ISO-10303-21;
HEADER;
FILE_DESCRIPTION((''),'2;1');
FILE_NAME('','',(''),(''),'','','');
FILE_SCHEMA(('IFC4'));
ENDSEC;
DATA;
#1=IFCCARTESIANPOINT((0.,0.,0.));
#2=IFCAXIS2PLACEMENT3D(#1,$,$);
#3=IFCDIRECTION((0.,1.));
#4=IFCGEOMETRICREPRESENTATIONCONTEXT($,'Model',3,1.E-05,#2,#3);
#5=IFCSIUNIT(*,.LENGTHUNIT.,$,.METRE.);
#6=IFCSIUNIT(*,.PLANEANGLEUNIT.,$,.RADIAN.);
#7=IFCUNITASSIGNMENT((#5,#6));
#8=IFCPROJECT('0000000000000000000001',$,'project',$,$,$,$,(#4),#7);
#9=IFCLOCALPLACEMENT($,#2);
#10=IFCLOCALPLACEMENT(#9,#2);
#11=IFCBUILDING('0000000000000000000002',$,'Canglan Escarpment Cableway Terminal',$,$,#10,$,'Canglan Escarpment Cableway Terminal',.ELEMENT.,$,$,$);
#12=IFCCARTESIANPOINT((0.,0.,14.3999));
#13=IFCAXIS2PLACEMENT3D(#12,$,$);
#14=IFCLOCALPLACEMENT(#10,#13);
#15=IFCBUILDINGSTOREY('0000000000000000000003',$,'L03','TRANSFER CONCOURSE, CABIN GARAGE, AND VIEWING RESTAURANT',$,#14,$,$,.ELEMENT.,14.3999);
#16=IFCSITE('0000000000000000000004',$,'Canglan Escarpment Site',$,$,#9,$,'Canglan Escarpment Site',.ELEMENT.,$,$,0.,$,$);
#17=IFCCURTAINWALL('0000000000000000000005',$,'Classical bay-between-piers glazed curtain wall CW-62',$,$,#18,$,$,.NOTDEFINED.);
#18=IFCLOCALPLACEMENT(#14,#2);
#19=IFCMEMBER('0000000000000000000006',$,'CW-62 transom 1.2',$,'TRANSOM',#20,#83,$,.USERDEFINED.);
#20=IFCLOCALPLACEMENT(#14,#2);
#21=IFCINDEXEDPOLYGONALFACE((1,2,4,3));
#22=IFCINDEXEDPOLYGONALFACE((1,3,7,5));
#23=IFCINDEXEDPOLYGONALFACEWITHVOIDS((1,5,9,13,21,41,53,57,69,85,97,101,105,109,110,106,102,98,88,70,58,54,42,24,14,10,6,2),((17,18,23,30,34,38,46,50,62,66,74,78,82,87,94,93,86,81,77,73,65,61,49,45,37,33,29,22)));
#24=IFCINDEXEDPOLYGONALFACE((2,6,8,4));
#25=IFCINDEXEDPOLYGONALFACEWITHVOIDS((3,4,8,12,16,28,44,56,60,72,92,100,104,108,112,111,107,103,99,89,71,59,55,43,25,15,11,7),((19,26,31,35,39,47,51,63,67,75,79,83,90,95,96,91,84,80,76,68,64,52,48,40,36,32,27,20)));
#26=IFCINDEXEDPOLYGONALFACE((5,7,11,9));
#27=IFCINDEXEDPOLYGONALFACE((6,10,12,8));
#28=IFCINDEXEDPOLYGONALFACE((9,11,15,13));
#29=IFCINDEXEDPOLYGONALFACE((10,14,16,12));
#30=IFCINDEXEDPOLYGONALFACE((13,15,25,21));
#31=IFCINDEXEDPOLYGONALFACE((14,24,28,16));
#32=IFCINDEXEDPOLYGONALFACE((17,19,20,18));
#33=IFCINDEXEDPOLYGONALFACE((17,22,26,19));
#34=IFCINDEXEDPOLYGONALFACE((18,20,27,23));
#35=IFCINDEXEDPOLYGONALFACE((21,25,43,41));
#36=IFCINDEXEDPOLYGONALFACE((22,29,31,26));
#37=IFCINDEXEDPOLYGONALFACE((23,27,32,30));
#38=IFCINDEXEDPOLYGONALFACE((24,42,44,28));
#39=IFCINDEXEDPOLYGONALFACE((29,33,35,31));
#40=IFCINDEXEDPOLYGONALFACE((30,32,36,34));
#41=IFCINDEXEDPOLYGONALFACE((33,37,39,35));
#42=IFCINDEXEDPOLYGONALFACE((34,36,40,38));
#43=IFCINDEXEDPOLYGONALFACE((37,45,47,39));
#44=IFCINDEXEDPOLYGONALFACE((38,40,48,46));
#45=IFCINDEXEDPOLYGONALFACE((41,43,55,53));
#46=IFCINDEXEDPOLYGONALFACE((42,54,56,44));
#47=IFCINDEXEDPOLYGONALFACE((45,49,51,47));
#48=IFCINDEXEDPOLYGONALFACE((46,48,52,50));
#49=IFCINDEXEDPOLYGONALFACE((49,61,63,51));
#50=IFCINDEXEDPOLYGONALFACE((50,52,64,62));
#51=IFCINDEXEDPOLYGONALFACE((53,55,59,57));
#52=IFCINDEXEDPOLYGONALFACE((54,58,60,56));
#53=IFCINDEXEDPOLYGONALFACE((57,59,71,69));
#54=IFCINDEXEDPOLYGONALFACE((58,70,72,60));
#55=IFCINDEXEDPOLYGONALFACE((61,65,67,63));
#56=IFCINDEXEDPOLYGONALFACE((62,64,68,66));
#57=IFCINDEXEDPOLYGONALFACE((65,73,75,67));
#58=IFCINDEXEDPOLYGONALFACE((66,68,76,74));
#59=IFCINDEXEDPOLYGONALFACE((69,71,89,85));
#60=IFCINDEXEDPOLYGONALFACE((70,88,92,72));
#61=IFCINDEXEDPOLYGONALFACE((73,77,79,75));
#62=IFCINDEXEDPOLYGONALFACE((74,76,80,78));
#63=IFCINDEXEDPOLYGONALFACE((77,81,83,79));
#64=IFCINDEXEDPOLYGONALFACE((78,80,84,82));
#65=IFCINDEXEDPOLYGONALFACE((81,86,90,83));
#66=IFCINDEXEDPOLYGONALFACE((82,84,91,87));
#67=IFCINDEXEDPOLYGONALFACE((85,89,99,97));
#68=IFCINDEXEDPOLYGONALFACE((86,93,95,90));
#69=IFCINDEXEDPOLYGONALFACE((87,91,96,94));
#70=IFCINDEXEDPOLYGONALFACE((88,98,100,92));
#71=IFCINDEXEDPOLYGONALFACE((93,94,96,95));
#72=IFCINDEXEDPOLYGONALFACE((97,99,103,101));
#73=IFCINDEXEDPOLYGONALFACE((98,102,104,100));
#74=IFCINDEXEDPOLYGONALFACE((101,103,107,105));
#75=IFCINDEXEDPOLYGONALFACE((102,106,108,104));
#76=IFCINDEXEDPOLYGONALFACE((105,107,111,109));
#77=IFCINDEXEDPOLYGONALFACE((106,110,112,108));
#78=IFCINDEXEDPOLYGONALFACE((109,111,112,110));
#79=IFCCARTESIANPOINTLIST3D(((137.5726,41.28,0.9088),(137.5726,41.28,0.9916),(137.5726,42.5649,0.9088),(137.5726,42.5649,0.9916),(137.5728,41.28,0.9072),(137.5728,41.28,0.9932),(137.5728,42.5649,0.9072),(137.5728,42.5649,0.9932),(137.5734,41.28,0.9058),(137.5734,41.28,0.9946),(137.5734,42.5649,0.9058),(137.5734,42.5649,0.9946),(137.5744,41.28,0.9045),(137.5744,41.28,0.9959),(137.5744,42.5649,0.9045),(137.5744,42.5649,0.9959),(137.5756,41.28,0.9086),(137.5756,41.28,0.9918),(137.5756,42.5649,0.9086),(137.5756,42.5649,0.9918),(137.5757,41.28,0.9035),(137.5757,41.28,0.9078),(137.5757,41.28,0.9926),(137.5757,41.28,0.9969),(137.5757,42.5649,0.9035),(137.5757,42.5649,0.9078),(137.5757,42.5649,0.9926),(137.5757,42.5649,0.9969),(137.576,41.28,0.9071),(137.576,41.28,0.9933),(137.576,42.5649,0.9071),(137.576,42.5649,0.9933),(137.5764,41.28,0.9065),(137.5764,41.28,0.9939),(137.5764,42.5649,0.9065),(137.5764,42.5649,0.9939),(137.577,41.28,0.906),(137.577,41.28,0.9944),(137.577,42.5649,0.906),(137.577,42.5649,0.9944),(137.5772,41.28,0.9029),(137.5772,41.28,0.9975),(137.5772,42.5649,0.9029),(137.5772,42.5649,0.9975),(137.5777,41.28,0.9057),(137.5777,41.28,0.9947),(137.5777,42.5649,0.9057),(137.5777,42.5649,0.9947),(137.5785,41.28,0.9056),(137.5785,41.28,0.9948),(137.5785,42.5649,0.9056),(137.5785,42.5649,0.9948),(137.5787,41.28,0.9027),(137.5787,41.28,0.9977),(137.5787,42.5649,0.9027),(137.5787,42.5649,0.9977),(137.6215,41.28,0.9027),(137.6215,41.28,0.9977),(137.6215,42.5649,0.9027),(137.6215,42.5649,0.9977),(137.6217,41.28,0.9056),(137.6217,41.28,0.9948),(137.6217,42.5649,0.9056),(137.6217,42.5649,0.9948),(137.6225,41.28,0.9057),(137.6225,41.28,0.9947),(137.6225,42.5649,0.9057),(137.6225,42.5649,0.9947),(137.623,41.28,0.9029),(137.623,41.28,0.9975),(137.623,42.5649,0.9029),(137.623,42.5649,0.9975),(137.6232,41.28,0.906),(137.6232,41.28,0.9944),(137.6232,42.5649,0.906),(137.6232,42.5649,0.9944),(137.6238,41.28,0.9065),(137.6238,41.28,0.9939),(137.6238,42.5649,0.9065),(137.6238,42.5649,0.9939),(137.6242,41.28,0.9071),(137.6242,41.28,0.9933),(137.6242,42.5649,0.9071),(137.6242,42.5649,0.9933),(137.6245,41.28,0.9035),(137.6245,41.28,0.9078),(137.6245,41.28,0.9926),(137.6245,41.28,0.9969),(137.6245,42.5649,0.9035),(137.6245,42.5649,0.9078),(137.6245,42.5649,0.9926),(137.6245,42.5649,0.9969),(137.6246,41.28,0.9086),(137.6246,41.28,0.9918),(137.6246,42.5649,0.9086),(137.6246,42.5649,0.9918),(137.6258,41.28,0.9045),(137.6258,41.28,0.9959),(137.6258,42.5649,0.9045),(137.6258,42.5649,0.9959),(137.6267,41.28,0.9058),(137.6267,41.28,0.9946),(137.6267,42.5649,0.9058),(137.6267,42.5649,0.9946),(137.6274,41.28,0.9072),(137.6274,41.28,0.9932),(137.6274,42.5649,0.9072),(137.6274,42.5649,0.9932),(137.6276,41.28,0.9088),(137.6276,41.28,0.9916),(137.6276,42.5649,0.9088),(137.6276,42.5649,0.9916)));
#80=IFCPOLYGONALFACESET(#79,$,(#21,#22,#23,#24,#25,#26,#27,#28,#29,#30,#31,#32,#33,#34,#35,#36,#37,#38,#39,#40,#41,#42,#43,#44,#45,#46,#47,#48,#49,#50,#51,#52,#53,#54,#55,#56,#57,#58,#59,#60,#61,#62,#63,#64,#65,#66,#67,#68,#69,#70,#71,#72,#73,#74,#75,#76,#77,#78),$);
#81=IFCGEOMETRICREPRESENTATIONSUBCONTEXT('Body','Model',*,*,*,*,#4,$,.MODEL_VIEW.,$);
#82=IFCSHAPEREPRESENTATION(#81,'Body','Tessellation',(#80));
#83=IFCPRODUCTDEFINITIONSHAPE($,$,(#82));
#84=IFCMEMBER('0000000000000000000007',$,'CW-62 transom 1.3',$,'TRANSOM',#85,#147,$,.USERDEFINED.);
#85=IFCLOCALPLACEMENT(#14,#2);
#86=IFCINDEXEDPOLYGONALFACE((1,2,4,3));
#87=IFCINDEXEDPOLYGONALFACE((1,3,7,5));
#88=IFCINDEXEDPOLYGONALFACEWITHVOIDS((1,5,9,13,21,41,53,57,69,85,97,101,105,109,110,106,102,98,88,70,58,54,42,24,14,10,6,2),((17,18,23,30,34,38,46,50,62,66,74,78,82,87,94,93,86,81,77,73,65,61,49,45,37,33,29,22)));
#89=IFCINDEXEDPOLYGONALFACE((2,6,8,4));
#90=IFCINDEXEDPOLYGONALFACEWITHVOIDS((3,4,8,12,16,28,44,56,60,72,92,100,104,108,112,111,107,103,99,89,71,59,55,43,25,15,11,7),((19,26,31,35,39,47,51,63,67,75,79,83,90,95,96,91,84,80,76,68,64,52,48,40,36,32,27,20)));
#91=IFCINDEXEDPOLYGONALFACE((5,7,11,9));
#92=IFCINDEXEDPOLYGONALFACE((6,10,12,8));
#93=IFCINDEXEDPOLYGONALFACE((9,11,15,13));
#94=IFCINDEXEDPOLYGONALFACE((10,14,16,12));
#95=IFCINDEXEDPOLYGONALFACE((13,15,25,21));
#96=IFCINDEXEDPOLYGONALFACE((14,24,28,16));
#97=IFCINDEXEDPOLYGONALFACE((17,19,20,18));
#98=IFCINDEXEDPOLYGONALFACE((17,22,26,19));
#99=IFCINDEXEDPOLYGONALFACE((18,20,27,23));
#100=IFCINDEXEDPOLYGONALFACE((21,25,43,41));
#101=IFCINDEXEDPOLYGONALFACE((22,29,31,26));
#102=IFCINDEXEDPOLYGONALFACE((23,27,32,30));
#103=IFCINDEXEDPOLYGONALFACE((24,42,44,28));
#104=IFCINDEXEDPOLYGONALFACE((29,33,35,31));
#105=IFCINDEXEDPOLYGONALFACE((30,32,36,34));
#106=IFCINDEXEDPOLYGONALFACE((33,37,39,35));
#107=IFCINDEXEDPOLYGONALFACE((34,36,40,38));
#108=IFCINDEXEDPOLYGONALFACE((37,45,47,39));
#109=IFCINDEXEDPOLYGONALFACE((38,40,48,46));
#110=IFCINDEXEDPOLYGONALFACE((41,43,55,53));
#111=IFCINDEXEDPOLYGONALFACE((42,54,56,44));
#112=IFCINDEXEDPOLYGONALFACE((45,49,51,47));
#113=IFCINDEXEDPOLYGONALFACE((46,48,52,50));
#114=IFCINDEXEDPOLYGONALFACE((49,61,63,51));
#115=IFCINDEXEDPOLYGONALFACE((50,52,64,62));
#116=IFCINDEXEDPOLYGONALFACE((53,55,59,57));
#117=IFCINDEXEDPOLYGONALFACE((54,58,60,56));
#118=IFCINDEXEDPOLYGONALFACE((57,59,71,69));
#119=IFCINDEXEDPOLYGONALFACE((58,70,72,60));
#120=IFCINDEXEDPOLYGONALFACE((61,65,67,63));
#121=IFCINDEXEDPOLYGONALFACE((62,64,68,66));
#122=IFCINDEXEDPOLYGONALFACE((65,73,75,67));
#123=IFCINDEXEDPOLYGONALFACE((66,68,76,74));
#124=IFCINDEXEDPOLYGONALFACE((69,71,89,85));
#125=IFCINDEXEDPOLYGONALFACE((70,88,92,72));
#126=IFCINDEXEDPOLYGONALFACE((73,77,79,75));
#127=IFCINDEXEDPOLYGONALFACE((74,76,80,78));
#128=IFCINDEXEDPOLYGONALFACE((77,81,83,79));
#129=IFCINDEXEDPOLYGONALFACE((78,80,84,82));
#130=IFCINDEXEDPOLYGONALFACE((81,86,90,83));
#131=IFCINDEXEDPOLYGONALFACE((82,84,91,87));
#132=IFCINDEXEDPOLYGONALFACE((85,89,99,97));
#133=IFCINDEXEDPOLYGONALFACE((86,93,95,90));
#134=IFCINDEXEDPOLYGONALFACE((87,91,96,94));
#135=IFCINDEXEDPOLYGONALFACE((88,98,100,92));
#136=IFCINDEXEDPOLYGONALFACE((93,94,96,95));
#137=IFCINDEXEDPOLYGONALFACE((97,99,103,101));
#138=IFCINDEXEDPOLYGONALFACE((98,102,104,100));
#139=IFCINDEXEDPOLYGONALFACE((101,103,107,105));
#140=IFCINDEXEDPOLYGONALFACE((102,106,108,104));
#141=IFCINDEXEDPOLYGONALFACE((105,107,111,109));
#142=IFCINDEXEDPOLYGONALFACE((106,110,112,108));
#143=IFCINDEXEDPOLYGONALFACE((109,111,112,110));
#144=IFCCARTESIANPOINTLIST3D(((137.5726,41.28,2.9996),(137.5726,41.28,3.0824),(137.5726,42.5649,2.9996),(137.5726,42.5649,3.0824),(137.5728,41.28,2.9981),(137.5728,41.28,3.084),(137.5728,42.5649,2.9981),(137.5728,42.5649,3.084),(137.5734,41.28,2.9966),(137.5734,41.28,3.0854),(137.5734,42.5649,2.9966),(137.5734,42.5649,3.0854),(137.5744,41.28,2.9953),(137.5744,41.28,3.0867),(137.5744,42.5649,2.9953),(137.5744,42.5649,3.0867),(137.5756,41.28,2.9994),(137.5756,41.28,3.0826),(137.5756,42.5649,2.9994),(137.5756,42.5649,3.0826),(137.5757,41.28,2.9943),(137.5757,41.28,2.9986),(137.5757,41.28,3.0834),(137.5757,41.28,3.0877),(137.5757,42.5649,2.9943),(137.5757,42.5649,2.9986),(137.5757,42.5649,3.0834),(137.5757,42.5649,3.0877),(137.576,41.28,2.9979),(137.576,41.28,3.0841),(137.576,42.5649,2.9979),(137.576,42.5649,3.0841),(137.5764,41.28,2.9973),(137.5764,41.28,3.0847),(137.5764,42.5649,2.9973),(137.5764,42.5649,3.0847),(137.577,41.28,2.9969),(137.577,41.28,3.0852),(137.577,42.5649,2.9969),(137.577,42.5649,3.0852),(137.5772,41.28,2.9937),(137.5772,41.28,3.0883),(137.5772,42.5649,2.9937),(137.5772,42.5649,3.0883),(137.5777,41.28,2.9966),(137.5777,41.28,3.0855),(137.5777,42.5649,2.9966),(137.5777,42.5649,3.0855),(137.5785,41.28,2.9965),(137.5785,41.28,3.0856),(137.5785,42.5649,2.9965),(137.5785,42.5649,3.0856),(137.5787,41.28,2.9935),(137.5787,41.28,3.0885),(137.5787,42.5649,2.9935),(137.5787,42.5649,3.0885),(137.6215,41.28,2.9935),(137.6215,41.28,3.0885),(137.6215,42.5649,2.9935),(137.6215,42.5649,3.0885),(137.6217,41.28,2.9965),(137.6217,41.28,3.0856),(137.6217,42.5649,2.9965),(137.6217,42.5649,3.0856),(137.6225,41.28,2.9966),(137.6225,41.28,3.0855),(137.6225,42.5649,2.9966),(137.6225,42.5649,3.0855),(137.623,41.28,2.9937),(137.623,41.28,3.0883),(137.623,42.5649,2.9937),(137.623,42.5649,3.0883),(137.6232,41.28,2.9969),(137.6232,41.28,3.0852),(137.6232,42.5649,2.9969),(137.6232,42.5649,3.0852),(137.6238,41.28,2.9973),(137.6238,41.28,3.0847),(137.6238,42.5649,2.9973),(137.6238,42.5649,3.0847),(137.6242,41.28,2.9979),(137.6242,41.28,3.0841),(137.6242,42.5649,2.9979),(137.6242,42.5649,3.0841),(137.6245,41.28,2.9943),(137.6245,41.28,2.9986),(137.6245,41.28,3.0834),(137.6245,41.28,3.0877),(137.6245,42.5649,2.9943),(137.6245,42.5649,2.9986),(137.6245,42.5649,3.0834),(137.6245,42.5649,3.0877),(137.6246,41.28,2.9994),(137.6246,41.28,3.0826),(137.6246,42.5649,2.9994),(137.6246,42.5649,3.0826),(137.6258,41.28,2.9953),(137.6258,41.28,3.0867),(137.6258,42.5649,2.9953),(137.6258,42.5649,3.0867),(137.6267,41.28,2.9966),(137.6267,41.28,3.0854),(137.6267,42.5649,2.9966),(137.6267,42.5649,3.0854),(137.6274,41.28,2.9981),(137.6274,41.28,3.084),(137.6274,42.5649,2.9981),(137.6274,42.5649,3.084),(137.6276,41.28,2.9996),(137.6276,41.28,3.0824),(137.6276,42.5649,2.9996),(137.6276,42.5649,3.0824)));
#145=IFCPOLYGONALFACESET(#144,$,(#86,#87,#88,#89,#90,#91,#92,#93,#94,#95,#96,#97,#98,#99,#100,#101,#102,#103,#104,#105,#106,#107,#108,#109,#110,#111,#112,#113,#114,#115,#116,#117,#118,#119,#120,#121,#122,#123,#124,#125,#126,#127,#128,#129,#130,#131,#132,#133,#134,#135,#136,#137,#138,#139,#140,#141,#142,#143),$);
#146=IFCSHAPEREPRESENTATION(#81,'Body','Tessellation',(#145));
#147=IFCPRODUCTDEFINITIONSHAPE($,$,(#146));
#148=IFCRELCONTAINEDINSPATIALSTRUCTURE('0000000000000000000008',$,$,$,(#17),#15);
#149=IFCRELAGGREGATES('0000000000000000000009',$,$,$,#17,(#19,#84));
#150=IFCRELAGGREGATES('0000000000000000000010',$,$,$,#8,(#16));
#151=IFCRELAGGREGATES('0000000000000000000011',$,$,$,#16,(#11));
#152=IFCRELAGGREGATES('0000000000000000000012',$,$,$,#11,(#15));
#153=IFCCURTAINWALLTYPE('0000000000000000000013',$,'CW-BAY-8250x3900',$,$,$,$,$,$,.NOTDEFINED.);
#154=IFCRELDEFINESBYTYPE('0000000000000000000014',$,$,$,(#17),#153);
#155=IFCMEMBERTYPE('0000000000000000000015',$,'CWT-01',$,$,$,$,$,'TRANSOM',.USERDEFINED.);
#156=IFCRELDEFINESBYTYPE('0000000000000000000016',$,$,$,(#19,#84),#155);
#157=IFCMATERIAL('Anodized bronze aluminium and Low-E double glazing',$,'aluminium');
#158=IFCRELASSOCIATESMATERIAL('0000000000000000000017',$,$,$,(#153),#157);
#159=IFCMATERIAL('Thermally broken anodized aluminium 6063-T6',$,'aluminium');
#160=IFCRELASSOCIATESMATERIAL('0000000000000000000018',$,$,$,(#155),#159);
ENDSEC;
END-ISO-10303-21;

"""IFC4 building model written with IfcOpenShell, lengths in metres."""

from ifc_helpers import new_model, si_unit, direction, frame, origin, origin_2d, place, context, subcontext, project, spatial, hollow_rectangle, extrude, material, material_profile, profile_set, type_object, element, aggregate, save


model = new_model("IFC4")

# Units and contexts
model_context = context("Model", 3, precision=1e-05, world=origin(), true_north=direction((0.0, 1.0)))
body_context = subcontext(model_context, "Body", "Model", "MODEL_VIEW")
ifc_project = project(units=[si_unit("LENGTHUNIT", "METRE"), si_unit("PLANEANGLEUNIT", "RADIAN")], contexts=[model_context])

# Site, building, storey
site_placement = place(None, origin())
site = spatial("IfcSite", under=ifc_project, at=site_placement, Name="Canglan Escarpment Site", LongName="Canglan Escarpment Site", CompositionType="ELEMENT", RefElevation=0.0)
building_placement = place(site_placement, origin())
building = spatial("IfcBuilding", under=site, at=building_placement, Name="Canglan Escarpment Cableway Terminal", LongName="Canglan Escarpment Cableway Terminal", CompositionType="ELEMENT")
storey_placement = place(building_placement, frame((0.0, 0.0, 14.3999)))
storey = spatial("IfcBuildingStorey", under=building, at=storey_placement, Name="L03", Description="TRANSFER CONCOURSE, CABIN GARAGE, AND VIEWING RESTAURANT", CompositionType="ELEMENT", Elevation=14.3999)

# Curtain wall, members
ifc_material_1 = material(Name="Anodized bronze aluminium and Low-E double glazing", Category="aluminium")
curtain_wall_type = type_object("IfcCurtainWallType", Name="CW-BAY-8250x3900", PredefinedType="NOTDEFINED", material=ifc_material_1)
curtain_wall_placement = place(storey_placement, origin())
curtain_wall = element("IfcCurtainWall", 1, at=curtain_wall_placement, inside=storey, type_object=curtain_wall_type, Name="Classical bay-between-piers glazed curtain wall CW-62", PredefinedType="NOTDEFINED")
ifc_material_2 = material(Name="Thermally broken anodized aluminium 6063-T6", Category="aluminium")
ifc_material_profile_1 = material_profile(ifc_material_2, hollow_rectangle(XDim=0.0549, YDim=0.095, WallThickness=0.0029, InnerFilletRadius=0.0029, OuterFilletRadius=0.0061, at=origin_2d()), Name="ALU-TRAN 55x95x3")
ifc_profile_set_1 = profile_set([ifc_material_profile_1], Name="Thermally broken anodized aluminium 6063-T6")
member_type_1 = type_object("IfcMemberType", Name="CWT-01", ElementType="TRANSOM", PredefinedType="USERDEFINED", material=ifc_profile_set_1)
member_1_placement = place(storey_placement, frame((137.6001, 42.5649, 0.9502), z_axis=(0.0, -1.0, 0.0), x_axis=(1.0, 0.0, 0.0)))
member_1 = element("IfcMember", 2, at=member_1_placement, type_object=member_type_1, Name="CW-62 transom 1.2", ObjectType="TRANSOM", PredefinedType="USERDEFINED", context=body_context, shape_type="SweptSolid", body=[
    extrude(hollow_rectangle(XDim=0.0549, YDim=0.095, WallThickness=0.0029, InnerFilletRadius=0.0029, OuterFilletRadius=0.0061, at=origin_2d()), origin(), (0.0, 0.0, 1.0), 1.2849),
])
member_2_placement = place(storey_placement, frame((137.6001, 42.5649, 3.041), z_axis=(0.0, -1.0, 0.0), x_axis=(1.0, 0.0, 0.0)))
member_2 = element("IfcMember", 3, at=member_2_placement, type_object=member_type_1, Name="CW-62 transom 1.3", ObjectType="TRANSOM", PredefinedType="USERDEFINED", context=body_context, shape_type="SweptSolid", body=[
    extrude(hollow_rectangle(XDim=0.0549, YDim=0.095, WallThickness=0.0029, InnerFilletRadius=0.0029, OuterFilletRadius=0.0061, at=origin_2d()), origin(), (0.0, 0.0, 1.0), 1.2849),
])
aggregate(curtain_wall, [member_1, member_2])

save(model, "model.ifc")
